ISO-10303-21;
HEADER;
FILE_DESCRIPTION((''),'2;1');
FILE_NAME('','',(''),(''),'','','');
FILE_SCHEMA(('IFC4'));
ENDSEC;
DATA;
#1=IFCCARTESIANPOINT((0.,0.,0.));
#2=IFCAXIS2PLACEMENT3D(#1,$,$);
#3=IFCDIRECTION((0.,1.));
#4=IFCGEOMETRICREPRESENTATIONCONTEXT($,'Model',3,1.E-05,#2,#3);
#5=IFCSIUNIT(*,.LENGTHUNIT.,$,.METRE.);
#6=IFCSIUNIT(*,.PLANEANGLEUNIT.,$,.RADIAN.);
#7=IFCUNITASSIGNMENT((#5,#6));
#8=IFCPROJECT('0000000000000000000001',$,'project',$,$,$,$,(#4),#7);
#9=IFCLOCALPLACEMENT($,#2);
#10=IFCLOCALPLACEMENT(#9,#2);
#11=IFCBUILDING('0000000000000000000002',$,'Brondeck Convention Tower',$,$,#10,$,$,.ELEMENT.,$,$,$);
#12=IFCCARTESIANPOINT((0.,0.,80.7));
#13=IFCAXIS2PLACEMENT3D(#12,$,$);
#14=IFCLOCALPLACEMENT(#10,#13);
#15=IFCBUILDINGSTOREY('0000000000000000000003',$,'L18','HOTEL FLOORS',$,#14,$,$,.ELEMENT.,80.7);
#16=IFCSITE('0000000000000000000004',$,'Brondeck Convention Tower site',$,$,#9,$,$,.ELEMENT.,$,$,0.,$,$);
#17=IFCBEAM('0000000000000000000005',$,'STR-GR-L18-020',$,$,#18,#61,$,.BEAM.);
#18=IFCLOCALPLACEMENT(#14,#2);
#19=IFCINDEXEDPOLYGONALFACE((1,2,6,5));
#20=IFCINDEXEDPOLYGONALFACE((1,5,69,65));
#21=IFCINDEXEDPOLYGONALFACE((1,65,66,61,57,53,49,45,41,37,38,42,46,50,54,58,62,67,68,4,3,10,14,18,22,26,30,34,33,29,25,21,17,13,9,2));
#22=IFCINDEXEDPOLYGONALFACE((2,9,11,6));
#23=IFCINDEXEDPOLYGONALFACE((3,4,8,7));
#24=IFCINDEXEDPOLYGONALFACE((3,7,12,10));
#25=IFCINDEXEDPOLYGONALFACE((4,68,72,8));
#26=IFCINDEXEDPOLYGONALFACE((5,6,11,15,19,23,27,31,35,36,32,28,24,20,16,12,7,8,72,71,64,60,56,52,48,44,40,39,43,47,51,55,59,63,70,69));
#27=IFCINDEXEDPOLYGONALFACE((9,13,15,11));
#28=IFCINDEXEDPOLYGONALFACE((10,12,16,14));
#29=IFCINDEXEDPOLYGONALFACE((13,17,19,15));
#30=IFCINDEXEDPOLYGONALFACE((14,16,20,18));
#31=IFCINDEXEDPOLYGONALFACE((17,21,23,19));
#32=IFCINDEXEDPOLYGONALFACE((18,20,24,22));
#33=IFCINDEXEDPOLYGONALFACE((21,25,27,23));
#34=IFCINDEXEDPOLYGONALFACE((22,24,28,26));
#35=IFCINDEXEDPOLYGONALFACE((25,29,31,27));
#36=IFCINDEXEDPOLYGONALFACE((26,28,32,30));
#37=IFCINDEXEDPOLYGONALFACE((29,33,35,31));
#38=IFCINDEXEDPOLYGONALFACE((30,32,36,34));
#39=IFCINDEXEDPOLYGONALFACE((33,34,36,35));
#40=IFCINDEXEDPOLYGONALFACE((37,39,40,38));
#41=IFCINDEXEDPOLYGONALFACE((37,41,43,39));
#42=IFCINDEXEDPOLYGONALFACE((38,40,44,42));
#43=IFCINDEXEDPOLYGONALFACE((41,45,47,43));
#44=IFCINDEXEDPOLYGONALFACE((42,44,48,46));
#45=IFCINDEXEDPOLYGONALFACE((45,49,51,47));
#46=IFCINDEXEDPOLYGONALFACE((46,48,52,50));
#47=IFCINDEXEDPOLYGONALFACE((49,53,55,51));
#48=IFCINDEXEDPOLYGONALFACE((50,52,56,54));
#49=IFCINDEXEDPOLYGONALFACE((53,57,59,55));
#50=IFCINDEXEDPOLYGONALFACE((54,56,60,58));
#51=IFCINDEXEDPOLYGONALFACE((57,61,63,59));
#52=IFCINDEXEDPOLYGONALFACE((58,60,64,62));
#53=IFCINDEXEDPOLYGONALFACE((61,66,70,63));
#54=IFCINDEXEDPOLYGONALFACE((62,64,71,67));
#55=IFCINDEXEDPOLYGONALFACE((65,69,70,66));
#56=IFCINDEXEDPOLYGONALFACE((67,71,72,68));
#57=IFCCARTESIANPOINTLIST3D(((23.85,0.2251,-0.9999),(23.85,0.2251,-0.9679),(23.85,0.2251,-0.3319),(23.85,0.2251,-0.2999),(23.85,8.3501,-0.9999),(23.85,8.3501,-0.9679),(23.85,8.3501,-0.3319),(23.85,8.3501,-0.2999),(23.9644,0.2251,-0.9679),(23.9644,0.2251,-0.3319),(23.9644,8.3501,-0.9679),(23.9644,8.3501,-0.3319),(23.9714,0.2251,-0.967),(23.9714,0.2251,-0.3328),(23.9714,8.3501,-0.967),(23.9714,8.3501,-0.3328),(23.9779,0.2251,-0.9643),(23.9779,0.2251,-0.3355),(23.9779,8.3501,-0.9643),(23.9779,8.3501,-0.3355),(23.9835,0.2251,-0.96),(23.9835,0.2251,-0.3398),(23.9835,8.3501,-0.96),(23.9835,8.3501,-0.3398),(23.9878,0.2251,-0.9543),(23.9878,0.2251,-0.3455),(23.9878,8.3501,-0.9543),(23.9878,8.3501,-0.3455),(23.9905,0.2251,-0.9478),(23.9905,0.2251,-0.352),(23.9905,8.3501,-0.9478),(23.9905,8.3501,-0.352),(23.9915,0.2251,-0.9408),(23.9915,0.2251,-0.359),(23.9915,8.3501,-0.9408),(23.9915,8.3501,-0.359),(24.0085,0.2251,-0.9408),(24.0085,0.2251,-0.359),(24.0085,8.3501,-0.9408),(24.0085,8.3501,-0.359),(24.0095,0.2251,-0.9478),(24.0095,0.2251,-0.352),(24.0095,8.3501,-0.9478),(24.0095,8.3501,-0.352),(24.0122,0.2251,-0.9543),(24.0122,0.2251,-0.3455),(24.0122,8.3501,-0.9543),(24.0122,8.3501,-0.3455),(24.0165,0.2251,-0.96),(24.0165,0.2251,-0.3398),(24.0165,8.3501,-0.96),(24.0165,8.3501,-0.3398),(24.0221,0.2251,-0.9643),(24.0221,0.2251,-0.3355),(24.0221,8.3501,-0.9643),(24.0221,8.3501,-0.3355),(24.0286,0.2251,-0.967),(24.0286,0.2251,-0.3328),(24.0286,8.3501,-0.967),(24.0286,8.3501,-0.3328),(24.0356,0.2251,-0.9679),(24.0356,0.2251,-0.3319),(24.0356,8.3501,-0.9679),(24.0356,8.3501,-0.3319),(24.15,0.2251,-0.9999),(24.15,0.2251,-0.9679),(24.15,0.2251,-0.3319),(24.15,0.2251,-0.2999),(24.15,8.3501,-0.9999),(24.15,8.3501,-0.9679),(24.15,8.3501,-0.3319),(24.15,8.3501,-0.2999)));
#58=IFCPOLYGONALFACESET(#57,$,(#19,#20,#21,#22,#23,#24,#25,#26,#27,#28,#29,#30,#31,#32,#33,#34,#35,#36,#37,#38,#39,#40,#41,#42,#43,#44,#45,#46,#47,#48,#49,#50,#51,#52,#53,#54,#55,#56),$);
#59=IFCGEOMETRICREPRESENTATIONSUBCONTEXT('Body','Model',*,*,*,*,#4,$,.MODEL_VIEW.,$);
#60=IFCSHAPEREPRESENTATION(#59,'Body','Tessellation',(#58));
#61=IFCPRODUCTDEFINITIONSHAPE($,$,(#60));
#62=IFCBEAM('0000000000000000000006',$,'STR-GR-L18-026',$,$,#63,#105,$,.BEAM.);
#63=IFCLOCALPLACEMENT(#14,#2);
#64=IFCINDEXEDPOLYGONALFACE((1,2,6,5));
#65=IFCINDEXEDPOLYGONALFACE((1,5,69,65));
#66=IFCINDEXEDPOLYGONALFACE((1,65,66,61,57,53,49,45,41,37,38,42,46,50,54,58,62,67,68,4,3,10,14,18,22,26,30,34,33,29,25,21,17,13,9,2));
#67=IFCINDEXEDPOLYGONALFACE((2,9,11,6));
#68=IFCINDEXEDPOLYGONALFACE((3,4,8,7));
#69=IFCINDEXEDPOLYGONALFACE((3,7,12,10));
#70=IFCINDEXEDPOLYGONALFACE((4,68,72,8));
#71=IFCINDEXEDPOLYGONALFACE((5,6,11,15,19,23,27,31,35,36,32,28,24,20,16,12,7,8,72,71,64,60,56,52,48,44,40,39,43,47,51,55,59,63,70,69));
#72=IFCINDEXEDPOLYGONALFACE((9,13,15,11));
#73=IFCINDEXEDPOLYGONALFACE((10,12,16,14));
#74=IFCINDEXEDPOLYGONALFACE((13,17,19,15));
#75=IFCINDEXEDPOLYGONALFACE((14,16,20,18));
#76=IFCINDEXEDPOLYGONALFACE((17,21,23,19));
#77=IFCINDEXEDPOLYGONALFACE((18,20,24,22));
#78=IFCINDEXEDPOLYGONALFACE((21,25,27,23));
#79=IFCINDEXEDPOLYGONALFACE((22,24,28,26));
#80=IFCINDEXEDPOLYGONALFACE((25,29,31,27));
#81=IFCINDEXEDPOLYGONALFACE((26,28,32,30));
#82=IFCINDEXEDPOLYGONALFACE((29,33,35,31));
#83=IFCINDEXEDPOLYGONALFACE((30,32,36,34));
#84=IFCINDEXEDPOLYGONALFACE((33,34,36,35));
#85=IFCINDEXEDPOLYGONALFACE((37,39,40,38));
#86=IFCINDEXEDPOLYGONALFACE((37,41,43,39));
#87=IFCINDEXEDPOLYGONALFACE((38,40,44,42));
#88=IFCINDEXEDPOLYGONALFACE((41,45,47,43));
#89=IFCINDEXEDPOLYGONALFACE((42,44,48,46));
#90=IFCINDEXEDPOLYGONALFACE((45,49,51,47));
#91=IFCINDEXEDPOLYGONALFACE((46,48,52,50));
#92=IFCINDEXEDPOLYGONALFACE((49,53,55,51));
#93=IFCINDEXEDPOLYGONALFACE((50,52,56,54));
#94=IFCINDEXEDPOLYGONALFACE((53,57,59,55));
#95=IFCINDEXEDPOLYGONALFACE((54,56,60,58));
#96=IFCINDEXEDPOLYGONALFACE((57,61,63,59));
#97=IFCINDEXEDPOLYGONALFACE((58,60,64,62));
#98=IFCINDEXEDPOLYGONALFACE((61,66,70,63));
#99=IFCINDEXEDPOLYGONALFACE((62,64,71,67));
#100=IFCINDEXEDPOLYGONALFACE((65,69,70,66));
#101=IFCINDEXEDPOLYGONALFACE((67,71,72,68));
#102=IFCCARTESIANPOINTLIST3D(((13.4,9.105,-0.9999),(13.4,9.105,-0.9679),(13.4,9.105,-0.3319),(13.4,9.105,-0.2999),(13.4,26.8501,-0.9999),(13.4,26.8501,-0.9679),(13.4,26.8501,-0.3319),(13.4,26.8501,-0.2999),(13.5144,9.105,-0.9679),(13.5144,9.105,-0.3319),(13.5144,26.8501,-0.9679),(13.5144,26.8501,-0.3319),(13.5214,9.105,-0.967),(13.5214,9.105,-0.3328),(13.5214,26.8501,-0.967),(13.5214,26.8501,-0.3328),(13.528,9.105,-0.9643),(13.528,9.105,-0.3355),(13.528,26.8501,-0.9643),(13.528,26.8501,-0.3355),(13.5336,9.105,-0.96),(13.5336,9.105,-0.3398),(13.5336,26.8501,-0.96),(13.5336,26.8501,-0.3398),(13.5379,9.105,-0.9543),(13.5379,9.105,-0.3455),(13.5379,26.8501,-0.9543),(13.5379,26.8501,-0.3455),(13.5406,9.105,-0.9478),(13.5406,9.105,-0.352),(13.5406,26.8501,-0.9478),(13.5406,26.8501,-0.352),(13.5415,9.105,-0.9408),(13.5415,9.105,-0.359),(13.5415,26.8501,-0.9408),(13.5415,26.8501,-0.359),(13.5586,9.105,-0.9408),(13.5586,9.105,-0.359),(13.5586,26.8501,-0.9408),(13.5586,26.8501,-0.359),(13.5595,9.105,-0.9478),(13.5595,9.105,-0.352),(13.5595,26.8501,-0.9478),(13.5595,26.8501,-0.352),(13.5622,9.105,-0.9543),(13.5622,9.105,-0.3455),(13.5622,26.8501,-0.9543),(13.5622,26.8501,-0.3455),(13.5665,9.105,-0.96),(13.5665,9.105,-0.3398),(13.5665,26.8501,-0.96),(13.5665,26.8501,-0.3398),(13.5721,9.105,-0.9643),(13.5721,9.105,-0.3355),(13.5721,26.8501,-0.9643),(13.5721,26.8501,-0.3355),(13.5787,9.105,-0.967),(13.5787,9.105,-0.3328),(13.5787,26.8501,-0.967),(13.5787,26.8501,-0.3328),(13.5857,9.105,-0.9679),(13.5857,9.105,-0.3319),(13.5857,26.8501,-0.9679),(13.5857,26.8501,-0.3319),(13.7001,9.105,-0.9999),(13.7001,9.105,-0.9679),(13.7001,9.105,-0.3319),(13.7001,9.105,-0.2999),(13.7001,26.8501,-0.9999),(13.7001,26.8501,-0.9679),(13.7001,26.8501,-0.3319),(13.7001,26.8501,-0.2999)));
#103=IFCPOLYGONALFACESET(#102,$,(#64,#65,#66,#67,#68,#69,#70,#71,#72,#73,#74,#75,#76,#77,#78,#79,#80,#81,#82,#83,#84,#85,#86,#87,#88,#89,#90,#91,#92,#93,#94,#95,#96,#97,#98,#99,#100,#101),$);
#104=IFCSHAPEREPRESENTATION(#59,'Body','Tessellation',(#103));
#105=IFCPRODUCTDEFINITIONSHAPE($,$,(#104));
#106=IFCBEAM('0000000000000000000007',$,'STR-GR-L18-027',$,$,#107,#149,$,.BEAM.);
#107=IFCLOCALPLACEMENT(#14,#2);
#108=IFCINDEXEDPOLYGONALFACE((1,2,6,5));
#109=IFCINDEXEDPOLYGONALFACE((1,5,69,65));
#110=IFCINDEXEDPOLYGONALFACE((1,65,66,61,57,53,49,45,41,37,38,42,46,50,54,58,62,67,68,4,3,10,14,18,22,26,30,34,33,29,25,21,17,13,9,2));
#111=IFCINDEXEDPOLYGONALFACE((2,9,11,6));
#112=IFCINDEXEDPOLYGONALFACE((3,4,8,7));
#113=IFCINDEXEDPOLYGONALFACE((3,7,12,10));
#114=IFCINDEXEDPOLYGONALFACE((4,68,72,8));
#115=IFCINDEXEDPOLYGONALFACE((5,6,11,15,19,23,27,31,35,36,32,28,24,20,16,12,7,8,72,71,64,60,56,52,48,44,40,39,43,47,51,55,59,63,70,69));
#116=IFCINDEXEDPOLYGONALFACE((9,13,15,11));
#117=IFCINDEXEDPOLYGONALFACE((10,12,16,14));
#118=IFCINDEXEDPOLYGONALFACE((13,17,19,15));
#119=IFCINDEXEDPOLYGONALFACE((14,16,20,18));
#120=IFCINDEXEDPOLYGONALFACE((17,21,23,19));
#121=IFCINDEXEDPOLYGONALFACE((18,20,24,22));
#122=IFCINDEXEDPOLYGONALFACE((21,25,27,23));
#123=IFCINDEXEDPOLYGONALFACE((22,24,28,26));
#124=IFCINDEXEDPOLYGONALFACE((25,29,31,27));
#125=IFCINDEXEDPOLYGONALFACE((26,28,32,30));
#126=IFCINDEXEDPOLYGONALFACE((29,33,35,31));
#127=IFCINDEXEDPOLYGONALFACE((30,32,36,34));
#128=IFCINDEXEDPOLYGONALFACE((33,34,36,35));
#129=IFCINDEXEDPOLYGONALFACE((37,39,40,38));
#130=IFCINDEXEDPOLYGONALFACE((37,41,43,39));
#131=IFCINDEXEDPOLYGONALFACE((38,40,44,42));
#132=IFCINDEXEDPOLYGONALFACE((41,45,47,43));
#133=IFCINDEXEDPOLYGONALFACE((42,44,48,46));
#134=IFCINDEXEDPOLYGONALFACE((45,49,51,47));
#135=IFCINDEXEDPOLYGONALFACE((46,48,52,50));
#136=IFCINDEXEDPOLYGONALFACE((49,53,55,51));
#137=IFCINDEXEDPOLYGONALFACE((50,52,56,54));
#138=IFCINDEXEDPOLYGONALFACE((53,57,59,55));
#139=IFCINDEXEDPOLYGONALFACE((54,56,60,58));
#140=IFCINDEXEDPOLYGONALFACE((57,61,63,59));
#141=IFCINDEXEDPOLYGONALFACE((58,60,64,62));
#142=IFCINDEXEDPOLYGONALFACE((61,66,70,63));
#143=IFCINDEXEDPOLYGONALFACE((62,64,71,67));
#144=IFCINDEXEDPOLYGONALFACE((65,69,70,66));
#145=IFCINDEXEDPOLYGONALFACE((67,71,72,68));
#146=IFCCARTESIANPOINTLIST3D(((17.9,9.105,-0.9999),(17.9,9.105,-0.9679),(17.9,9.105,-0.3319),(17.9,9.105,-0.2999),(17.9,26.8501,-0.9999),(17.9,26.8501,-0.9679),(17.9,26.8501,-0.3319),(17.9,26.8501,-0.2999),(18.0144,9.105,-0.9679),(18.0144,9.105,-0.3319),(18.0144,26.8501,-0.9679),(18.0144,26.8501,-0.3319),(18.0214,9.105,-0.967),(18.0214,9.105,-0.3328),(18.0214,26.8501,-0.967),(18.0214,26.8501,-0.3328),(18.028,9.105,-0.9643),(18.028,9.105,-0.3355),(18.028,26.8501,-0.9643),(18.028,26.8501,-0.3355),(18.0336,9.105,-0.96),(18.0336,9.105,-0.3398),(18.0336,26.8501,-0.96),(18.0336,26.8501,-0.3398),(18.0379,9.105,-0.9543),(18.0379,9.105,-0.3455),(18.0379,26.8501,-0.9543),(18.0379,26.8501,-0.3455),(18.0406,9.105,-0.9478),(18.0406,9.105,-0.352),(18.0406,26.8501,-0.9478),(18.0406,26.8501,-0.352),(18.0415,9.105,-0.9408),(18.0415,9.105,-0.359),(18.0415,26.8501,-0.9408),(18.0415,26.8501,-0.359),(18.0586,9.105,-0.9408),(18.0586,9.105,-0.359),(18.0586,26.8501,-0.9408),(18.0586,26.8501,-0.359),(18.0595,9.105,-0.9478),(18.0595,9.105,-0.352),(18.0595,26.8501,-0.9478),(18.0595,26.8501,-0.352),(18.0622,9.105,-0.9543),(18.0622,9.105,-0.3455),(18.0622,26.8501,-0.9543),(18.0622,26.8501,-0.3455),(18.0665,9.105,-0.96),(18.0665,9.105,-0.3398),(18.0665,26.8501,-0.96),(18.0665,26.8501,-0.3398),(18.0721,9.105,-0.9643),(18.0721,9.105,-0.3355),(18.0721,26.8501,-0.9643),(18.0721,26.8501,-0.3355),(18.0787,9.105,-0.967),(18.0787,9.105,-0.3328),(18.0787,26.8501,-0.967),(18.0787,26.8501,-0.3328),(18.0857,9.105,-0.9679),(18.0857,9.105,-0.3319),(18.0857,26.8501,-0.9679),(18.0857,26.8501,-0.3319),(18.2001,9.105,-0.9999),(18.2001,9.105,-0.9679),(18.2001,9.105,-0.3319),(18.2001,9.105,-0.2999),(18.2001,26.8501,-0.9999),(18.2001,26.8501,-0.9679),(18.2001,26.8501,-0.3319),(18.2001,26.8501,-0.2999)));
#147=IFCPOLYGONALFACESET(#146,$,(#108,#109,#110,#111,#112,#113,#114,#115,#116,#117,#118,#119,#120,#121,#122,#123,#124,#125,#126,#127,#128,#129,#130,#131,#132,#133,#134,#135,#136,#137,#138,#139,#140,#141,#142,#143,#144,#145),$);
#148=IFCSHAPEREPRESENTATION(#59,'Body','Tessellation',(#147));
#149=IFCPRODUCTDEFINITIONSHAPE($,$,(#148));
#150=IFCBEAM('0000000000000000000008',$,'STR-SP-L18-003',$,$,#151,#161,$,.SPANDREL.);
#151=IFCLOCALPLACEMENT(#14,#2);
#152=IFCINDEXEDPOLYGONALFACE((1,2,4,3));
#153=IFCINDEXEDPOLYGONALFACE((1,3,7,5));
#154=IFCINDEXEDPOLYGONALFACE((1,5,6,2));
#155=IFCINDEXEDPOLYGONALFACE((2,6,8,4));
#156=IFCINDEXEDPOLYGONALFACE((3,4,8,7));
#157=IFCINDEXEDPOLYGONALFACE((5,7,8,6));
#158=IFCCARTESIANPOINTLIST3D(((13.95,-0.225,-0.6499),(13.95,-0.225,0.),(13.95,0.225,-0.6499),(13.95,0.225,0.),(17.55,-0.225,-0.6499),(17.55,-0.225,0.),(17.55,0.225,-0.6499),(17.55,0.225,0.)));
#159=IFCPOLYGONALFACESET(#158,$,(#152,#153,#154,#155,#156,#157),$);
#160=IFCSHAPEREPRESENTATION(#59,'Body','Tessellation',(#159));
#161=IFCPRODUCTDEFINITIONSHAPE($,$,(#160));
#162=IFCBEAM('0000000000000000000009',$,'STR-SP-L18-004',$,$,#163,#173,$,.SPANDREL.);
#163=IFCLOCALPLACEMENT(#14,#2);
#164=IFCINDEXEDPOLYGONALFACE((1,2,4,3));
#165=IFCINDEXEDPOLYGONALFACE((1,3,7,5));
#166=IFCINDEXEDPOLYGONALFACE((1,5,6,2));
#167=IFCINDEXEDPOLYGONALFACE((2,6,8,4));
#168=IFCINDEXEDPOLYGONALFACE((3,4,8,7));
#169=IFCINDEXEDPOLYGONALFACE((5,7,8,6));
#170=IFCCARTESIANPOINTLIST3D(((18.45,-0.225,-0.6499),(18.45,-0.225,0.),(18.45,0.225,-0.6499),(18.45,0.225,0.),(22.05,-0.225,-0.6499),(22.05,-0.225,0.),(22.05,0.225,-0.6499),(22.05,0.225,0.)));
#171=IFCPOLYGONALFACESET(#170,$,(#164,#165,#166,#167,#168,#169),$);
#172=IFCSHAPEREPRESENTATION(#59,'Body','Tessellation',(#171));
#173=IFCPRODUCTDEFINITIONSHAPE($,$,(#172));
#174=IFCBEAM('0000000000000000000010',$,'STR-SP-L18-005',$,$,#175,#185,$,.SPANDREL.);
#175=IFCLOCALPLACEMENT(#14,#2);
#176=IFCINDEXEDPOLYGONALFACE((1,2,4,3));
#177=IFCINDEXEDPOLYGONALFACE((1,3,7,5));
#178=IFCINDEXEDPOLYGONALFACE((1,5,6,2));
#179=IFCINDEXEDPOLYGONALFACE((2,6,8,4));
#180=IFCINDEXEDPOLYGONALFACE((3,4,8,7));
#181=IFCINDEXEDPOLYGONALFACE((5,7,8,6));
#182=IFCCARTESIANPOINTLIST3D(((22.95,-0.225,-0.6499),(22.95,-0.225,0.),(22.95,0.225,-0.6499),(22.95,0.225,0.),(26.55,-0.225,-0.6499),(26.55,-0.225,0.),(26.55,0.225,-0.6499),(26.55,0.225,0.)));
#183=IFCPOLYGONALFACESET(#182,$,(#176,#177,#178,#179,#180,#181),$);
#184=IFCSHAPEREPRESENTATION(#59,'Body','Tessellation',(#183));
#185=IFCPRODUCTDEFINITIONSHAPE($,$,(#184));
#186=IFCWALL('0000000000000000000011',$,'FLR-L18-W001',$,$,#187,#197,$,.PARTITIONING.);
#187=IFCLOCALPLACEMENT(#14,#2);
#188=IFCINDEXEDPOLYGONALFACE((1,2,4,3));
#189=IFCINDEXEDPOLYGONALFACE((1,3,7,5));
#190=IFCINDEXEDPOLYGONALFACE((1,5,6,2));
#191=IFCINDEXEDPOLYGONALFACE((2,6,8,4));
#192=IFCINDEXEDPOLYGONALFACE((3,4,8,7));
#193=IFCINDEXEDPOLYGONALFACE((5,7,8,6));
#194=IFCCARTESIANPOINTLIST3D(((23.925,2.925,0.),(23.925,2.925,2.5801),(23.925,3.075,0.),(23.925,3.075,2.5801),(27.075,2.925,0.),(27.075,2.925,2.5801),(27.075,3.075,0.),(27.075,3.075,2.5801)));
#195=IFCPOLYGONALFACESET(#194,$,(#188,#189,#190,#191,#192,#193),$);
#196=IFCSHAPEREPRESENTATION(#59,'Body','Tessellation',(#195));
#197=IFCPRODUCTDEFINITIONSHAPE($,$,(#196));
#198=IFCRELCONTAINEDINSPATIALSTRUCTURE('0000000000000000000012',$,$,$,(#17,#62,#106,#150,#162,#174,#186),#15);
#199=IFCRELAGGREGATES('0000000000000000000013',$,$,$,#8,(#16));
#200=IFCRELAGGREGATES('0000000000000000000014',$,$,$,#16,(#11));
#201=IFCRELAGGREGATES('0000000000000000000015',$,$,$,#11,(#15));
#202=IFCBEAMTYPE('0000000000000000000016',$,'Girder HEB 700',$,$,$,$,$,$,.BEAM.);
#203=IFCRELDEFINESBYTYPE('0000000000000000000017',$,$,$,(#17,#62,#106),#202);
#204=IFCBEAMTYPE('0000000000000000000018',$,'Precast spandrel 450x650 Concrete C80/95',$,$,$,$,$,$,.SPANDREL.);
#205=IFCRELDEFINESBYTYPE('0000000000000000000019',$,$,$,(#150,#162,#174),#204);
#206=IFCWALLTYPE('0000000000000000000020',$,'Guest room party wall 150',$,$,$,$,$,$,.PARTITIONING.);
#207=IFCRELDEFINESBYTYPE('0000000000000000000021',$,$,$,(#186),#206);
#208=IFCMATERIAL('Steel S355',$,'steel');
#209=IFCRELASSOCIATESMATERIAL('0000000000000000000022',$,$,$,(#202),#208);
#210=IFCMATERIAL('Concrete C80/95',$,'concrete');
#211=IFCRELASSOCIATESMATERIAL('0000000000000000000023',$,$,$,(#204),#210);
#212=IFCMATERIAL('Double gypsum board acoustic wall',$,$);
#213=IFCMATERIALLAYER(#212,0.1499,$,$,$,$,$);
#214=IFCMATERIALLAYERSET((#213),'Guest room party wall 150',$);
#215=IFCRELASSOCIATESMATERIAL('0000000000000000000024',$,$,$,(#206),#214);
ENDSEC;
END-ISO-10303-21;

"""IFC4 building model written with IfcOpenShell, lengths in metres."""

from ifc_helpers import new_model, si_unit, direction, frame, frame_2d, origin, origin_2d, place, context, subcontext, project, spatial, rectangle, i_section, extrude, material, layer, layer_set, material_profile, profile_set, type_object, element, save


model = new_model("IFC4")

# Units and contexts
model_context = context("Model", 3, precision=1e-05, world=origin(), true_north=direction((0.0, 1.0)))
body_context = subcontext(model_context, "Body", "Model", "MODEL_VIEW")
ifc_project = project(units=[si_unit("LENGTHUNIT", "METRE"), si_unit("PLANEANGLEUNIT", "RADIAN")], contexts=[model_context])

# Site, building, storey
site_placement = place(None, origin())
site = spatial("IfcSite", under=ifc_project, at=site_placement, Name="Brondeck Convention Tower site", CompositionType="ELEMENT", RefElevation=0.0)
building_placement = place(site_placement, origin())
building = spatial("IfcBuilding", under=site, at=building_placement, Name="Brondeck Convention Tower", CompositionType="ELEMENT")
storey_placement = place(building_placement, frame((0.0, 0.0, 80.7)))
storey = spatial("IfcBuildingStorey", under=building, at=storey_placement, Name="L18", Description="HOTEL FLOORS", CompositionType="ELEMENT", Elevation=80.7)

# Shared definitions
ifc_material_1 = material(Name="Concrete C80/95", Category="concrete")

# Beams
ifc_material_2 = material(Name="Steel S355", Category="steel")
ifc_material_profile_1 = material_profile(ifc_material_2, i_section(OverallWidth=0.3, OverallDepth=0.7, WebThickness=0.0171, FlangeThickness=0.032, FilletRadius=0.0271, at=origin_2d()), Name="HEB 700")
ifc_profile_set_1 = profile_set([ifc_material_profile_1], Name="Steel S355")
beam_type_1 = type_object("IfcBeamType", Name="Girder HEB 700", PredefinedType="BEAM", material=ifc_profile_set_1)
beam_1_placement = place(storey_placement, frame((24.0, 8.3501, -0.6499), z_axis=(0.0, -1.0, 0.0), x_axis=(1.0, 0.0, 0.0)))
element("IfcBeam", 1, at=beam_1_placement, inside=storey, type_object=beam_type_1, Name="STR-GR-L18-020", PredefinedType="BEAM", context=body_context, shape_type="SweptSolid", body=[
    extrude(i_section(OverallWidth=0.3, OverallDepth=0.7, WebThickness=0.0171, FlangeThickness=0.032, FilletRadius=0.0271, at=origin_2d()), origin(), (0.0, 0.0, 1.0), 8.125),
])
for number, where, z_axis, x_axis, name in (
    (2, (13.55, 9.105, -0.6499), (0.0, 1.0, 0.0), (-1.0, 0.0, 0.0), "STR-GR-L18-026"),
    (3, (18.05, 9.105, -0.6499), (0.0, 1.0, 0.0), (-1.0, 0.0, 0.0), "STR-GR-L18-027"),
):
    element("IfcBeam", number, at=place(storey_placement, frame(where, z_axis=z_axis, x_axis=x_axis)), inside=storey, type_object=beam_type_1, Name=name, PredefinedType="BEAM", context=body_context, shape_type="SweptSolid", body=[
        extrude(i_section(OverallWidth=0.3, OverallDepth=0.7, WebThickness=0.0171, FlangeThickness=0.032, FilletRadius=0.0271, at=origin_2d()), origin(), (0.0, 0.0, 1.0), 17.7451),
    ])
ifc_material_profile_2 = material_profile(ifc_material_1, rectangle(XDim=0.45, YDim=0.6499, at=origin_2d()), Name="Precast spandrel 450x650 Concrete C80/95")
ifc_profile_set_2 = profile_set([ifc_material_profile_2], Name="Concrete C80/95")
beam_type_2 = type_object("IfcBeamType", Name="Precast spandrel 450x650 Concrete C80/95", PredefinedType="SPANDREL", material=ifc_profile_set_2)
for number, where, z_axis, x_axis, name in (
    (4, (13.95, 0.0, -0.325), (1.0, 0.0, 0.0), (0.0, 1.0, 0.0), "STR-SP-L18-003"),
    (5, (18.45, 0.0, -0.325), (1.0, 0.0, 0.0), (0.0, 1.0, 0.0), "STR-SP-L18-004"),
    (6, (22.95, 0.0, -0.325), (1.0, 0.0, 0.0), (0.0, 1.0, 0.0), "STR-SP-L18-005"),
):
    element("IfcBeam", number, at=place(storey_placement, frame(where, z_axis=z_axis, x_axis=x_axis)), inside=storey, type_object=beam_type_2, Name=name, PredefinedType="SPANDREL", context=body_context, shape_type="SweptSolid", body=[
        extrude(rectangle(XDim=0.45, YDim=0.6499, at=origin_2d()), origin(), (0.0, 0.0, 1.0), 3.6001),
    ])

# Wall
ifc_material_3 = material(Name="Double gypsum board acoustic wall")
ifc_layer_1 = layer(ifc_material_3, 0.1499)
ifc_layer_set_1 = layer_set([ifc_layer_1], Name="Guest room party wall 150")
wall_type_1 = type_object("IfcWallType", Name="Guest room party wall 150", PredefinedType="PARTITIONING", material=ifc_layer_set_1)
wall_1_placement = place(storey_placement, frame((23.925, 3.0, 0.0), z_axis=(0.0, 0.0, 1.0), x_axis=(1.0, 0.0, 0.0)))
element("IfcWall", 7, at=wall_1_placement, inside=storey, type_object=wall_type_1, Name="FLR-L18-W001", PredefinedType="PARTITIONING", context=body_context, shape_type="SweptSolid", body=[
    extrude(rectangle(XDim=3.1499, YDim=0.1499, at=frame_2d((1.575, 0.0))), origin(), (0.0, 0.0, 1.0), 2.5801),
])

save(model, "model.ifc")
